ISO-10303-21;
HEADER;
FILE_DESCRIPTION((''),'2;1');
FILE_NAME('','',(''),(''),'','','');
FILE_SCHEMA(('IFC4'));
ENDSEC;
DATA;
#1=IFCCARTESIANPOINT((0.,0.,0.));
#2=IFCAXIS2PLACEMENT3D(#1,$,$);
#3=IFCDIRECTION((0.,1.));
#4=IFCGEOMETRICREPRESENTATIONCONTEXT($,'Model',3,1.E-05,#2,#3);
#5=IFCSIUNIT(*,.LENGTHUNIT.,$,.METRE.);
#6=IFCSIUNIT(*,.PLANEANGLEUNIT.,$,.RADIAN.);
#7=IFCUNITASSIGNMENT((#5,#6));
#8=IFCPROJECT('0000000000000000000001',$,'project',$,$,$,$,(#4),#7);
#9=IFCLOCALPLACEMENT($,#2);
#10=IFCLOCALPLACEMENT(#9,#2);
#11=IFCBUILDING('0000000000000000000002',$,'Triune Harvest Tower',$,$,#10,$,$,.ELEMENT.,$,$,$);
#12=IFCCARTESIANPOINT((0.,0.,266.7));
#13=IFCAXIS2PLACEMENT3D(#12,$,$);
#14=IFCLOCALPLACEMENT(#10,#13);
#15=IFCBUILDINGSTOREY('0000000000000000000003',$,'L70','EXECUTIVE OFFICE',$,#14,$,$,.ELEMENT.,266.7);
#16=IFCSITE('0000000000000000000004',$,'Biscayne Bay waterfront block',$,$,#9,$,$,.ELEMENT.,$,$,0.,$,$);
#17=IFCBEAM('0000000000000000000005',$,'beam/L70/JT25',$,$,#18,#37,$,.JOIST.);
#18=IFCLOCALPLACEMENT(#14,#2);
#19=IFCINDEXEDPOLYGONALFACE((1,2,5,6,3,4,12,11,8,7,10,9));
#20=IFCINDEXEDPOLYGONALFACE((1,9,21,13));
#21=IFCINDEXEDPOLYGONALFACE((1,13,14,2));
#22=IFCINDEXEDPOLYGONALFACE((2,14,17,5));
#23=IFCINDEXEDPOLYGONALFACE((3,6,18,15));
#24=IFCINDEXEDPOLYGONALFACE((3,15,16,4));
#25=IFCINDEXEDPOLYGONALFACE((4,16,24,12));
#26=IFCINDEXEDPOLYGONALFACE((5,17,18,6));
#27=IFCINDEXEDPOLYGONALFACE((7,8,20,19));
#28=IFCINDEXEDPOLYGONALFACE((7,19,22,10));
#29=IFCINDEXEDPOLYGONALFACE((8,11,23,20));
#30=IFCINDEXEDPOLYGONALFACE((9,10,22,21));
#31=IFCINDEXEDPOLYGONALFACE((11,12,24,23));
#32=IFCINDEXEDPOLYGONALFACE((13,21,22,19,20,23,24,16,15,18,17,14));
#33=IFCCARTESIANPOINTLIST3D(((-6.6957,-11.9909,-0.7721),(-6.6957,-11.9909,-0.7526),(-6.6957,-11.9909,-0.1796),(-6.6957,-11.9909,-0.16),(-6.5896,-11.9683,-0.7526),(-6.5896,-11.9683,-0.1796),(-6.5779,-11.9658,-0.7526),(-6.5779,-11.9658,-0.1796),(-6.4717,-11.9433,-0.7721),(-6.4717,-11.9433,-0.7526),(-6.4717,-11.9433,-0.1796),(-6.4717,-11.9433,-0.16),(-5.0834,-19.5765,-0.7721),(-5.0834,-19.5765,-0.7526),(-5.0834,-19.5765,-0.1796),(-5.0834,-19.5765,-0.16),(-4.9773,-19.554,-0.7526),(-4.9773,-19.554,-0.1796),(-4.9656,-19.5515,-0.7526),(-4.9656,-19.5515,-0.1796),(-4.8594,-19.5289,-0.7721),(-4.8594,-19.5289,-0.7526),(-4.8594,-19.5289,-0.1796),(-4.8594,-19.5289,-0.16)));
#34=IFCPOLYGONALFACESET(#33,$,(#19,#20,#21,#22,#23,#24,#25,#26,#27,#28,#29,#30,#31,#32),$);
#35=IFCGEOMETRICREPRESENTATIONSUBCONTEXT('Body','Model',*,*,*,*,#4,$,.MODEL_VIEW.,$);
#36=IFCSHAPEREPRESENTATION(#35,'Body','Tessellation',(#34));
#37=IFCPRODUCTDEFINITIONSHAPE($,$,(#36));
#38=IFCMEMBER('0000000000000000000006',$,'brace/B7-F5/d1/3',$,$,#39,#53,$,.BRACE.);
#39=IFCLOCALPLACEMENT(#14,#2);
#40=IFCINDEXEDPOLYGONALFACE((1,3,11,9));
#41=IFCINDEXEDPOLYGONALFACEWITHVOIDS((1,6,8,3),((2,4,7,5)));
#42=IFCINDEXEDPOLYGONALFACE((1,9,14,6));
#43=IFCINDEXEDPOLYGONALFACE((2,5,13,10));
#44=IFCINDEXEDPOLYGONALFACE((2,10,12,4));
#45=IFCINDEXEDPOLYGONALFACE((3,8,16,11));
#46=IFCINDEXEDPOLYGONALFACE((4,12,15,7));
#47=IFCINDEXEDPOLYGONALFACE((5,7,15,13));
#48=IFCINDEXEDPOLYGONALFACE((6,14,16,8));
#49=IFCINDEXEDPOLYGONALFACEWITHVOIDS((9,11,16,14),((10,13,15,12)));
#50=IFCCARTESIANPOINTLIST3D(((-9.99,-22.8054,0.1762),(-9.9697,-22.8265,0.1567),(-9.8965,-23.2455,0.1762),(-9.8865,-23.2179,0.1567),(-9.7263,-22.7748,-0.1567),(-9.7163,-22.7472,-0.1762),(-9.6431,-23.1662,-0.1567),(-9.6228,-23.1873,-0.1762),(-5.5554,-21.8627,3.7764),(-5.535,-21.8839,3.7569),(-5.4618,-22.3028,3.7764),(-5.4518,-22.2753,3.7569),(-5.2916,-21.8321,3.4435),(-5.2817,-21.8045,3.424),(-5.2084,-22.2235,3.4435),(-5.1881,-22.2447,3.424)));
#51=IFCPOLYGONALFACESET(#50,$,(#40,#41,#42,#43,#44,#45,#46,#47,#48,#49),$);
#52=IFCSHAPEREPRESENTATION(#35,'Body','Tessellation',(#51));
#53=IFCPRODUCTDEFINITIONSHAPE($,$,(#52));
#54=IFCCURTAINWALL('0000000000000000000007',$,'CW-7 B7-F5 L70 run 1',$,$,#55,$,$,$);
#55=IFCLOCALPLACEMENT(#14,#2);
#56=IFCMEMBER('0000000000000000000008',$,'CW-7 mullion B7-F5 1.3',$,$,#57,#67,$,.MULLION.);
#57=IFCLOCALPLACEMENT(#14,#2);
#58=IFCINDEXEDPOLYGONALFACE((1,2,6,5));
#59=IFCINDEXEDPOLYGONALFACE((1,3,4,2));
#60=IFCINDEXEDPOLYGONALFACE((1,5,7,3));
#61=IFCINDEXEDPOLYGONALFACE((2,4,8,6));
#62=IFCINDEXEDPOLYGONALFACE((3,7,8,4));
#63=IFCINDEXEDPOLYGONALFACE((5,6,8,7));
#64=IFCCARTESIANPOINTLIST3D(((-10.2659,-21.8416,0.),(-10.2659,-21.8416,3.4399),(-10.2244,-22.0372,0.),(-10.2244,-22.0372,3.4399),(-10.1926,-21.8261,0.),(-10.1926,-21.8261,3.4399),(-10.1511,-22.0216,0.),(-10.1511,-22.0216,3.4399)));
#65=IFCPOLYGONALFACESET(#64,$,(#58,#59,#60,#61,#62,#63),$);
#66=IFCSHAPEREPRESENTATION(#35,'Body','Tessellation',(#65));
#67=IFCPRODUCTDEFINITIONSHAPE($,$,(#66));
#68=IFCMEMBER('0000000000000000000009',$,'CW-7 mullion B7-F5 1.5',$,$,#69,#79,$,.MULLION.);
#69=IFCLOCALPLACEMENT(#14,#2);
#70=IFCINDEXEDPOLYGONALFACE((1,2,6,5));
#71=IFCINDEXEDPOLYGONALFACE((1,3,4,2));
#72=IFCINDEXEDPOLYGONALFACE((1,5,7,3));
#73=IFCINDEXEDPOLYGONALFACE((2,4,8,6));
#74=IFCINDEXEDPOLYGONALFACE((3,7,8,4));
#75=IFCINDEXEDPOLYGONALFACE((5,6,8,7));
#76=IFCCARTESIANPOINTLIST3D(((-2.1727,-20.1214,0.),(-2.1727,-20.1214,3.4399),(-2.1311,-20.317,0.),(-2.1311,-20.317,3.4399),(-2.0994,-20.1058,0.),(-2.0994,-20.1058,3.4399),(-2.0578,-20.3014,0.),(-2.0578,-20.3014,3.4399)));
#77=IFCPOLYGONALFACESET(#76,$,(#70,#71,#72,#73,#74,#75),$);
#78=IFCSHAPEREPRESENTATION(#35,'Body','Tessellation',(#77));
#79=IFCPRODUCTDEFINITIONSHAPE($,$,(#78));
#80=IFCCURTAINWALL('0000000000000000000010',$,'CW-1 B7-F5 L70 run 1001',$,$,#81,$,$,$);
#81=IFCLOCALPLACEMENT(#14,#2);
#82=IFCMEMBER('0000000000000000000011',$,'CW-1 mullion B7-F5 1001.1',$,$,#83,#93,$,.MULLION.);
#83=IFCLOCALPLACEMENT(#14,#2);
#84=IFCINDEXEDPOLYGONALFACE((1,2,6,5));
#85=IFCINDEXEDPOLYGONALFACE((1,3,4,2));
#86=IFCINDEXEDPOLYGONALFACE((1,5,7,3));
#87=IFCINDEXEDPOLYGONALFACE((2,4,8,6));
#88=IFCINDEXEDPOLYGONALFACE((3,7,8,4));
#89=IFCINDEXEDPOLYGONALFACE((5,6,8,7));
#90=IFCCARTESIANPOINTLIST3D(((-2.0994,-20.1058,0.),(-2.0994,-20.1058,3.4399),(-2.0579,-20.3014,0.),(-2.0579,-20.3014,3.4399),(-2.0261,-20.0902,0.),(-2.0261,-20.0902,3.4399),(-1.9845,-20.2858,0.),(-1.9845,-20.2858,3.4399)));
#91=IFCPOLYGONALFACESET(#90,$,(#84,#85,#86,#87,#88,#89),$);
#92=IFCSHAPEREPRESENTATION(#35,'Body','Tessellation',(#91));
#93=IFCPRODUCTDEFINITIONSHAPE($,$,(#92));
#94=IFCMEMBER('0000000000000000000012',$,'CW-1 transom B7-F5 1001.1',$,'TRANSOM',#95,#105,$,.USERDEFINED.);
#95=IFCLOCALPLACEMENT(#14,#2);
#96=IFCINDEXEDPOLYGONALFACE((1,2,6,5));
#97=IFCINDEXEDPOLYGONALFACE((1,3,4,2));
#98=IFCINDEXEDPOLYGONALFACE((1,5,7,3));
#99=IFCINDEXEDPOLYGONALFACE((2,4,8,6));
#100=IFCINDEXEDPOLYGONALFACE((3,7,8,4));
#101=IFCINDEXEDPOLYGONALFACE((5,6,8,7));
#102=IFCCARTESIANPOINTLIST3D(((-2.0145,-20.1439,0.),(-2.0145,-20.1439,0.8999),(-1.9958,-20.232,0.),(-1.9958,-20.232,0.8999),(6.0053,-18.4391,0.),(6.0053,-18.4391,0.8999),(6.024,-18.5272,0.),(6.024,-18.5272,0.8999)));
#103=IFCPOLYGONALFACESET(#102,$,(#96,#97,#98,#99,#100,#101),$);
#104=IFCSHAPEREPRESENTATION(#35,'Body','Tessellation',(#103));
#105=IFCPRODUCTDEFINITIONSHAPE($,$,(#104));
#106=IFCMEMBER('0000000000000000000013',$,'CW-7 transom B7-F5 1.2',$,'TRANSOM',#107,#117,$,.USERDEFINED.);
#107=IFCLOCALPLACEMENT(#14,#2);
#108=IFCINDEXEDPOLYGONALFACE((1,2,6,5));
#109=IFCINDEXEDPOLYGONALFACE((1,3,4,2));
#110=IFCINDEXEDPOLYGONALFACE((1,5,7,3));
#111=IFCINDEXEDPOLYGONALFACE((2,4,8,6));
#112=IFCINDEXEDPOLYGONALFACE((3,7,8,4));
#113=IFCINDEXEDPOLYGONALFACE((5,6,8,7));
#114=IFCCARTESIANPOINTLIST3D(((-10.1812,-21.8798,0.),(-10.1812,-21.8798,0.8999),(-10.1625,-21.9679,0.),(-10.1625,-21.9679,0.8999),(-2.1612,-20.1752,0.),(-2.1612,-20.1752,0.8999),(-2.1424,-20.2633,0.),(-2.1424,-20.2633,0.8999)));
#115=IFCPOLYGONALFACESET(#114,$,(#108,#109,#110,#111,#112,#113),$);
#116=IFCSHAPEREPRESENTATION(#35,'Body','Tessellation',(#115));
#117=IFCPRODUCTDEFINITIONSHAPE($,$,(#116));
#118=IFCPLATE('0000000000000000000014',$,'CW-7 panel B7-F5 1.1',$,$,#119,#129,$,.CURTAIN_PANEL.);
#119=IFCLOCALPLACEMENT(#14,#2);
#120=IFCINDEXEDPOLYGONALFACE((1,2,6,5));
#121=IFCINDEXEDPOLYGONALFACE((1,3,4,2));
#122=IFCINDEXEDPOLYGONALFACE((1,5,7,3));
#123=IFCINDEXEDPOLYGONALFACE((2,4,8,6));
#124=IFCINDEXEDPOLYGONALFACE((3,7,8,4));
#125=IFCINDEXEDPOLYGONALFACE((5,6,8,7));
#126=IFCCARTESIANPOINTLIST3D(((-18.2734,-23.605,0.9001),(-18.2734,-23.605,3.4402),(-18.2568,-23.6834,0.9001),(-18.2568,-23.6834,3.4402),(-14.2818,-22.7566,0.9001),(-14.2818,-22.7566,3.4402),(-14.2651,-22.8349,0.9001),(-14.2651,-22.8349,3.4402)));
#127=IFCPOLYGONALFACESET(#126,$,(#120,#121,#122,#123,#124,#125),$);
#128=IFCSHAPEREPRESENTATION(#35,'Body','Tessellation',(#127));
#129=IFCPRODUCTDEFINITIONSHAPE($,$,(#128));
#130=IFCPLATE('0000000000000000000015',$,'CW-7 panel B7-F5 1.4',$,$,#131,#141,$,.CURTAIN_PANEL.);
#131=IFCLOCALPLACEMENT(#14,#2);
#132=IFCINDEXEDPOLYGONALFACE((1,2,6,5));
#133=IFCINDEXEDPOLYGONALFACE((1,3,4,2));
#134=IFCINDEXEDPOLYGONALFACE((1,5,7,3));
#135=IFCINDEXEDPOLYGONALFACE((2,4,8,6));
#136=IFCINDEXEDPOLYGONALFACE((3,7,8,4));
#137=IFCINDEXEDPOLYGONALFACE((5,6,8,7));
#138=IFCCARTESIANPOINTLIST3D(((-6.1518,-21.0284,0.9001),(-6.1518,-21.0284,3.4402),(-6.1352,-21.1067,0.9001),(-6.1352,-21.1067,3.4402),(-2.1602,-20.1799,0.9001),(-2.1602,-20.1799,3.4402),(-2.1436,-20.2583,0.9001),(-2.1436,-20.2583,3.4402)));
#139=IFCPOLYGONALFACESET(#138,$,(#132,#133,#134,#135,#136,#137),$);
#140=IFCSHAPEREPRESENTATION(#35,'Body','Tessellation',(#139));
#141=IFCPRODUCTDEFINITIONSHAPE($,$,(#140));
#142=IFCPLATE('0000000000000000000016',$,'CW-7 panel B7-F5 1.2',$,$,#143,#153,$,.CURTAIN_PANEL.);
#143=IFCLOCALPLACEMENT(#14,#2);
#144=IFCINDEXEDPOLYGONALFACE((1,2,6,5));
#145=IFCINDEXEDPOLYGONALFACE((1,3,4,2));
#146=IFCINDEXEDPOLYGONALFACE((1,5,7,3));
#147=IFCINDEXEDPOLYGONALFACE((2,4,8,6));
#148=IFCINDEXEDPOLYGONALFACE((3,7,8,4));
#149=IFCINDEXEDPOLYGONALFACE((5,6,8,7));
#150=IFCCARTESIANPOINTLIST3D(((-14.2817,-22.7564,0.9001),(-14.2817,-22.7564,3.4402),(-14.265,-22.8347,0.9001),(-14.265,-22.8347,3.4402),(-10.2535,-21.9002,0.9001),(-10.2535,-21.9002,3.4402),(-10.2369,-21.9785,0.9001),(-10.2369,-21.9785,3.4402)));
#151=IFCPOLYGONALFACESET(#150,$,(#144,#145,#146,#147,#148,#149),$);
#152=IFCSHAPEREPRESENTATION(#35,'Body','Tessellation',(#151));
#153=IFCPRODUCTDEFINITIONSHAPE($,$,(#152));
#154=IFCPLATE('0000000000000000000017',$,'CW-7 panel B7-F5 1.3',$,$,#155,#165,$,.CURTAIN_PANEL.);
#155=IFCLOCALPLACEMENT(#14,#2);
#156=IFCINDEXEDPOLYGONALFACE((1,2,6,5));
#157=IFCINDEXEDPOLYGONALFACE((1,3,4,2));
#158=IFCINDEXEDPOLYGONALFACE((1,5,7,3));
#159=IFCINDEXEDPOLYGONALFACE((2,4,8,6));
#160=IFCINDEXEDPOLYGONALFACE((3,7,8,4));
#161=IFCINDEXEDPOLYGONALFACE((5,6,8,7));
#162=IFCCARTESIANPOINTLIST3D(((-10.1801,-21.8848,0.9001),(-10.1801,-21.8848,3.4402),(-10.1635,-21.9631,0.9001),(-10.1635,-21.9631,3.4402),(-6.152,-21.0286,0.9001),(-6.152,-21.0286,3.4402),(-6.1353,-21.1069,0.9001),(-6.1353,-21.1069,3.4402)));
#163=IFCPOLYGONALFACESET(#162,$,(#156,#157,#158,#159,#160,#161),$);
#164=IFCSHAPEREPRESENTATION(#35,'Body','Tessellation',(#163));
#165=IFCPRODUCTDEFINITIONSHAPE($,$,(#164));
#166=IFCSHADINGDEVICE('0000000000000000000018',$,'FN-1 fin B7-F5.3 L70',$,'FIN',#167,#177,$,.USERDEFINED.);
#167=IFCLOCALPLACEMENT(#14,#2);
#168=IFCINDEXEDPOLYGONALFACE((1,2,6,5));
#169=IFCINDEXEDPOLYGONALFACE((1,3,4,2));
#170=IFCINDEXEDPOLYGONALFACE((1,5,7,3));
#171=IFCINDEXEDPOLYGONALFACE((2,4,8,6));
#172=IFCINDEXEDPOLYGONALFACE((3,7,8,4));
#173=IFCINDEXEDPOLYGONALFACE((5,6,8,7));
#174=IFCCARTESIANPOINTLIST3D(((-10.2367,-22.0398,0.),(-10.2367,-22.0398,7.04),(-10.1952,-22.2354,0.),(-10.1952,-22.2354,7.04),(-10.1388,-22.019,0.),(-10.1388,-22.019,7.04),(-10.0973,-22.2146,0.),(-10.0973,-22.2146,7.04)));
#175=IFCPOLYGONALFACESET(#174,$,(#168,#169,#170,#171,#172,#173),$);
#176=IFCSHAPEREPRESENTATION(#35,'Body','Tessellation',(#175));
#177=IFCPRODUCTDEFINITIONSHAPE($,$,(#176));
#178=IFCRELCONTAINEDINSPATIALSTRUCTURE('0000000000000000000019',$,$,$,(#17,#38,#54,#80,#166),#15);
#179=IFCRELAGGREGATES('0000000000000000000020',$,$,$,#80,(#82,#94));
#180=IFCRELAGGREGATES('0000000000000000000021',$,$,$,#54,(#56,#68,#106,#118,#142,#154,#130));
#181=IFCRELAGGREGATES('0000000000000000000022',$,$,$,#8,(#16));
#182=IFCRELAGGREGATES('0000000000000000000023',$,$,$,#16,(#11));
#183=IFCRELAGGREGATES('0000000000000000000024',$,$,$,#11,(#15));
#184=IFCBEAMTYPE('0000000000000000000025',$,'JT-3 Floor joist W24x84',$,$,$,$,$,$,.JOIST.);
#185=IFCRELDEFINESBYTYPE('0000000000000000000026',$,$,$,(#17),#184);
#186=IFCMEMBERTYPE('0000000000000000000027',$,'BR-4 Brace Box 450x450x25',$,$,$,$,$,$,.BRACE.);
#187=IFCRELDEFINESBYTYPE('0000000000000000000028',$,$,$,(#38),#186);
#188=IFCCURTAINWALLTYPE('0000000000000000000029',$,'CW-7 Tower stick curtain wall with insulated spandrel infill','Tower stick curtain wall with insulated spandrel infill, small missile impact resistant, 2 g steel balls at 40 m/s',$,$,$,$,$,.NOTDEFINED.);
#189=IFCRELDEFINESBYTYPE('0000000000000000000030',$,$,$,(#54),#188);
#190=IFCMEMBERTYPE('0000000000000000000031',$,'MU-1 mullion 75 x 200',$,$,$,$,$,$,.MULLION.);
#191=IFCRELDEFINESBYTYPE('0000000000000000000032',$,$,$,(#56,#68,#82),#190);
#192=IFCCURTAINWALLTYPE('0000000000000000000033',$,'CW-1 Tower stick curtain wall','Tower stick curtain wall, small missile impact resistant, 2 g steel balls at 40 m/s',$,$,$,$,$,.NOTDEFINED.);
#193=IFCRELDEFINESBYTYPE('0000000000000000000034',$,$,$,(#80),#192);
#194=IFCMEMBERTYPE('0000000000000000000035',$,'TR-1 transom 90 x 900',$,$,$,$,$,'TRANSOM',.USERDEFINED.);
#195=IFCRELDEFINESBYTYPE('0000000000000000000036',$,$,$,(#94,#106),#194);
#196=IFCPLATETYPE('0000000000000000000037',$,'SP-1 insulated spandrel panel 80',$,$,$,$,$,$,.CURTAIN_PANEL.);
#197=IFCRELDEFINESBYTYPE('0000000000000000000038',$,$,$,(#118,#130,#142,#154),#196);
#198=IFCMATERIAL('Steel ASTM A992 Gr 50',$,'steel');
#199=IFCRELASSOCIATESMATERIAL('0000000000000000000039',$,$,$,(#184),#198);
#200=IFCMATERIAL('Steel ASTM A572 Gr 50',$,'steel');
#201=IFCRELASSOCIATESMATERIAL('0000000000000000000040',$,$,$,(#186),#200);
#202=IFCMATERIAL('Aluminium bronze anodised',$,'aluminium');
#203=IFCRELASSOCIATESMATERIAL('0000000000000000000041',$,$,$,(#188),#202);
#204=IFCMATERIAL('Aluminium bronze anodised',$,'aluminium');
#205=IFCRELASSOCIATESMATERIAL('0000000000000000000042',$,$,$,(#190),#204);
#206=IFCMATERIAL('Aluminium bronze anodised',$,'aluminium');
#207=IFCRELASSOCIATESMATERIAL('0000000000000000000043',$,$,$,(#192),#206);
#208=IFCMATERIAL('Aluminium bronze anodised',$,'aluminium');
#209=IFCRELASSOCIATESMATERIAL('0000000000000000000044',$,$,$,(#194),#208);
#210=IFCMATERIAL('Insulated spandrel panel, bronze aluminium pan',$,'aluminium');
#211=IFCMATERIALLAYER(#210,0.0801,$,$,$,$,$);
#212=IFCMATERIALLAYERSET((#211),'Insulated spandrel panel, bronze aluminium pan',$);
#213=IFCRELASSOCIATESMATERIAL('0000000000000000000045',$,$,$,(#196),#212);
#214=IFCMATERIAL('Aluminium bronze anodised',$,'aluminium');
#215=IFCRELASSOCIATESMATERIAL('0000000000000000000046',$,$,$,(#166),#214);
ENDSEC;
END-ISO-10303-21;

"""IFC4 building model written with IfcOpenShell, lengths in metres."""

from ifc_helpers import new_model, si_unit, direction, frame, origin, origin_2d, place, context, subcontext, project, spatial, rectangle, hollow_rectangle, i_section, extrude, source, transform, mapped, material, layer, layer_set, material_profile, profile_set, type_object, element, aggregate, save


model = new_model("IFC4")

# Units and contexts
model_context = context("Model", 3, precision=1e-05, world=origin(), true_north=direction((0.0, 1.0)))
body_context = subcontext(model_context, "Body", "Model", "MODEL_VIEW")
ifc_project = project(units=[si_unit("LENGTHUNIT", "METRE"), si_unit("PLANEANGLEUNIT", "RADIAN")], contexts=[model_context])

# Site, building, storey
site_placement = place(None, origin())
site = spatial("IfcSite", under=ifc_project, at=site_placement, Name="Biscayne Bay waterfront block", CompositionType="ELEMENT", RefElevation=0.0)
building_placement = place(site_placement, origin())
building = spatial("IfcBuilding", under=site, at=building_placement, Name="Triune Harvest Tower", CompositionType="ELEMENT")
storey_placement = place(building_placement, frame((0.0, 0.0, 266.7)))
storey = spatial("IfcBuildingStorey", under=building, at=storey_placement, Name="L70", Description="EXECUTIVE OFFICE", CompositionType="ELEMENT", Elevation=266.7)

# Beam
ifc_material_1 = material(Name="Steel ASTM A992 Gr 50", Category="steel")
ifc_material_profile_1 = material_profile(ifc_material_1, i_section(OverallWidth=0.229, OverallDepth=0.6121, WebThickness=0.012, FlangeThickness=0.0195, at=origin_2d()), Name="W24x84")
ifc_profile_set_1 = profile_set([ifc_material_profile_1], Name="Steel ASTM A992 Gr 50")
beam_type_1 = type_object("IfcBeamType", Name="JT-3 Floor joist W24x84", PredefinedType="JOIST", material=ifc_profile_set_1)
shared_shape_1 = source(origin(), body_context, "Body", "SweptSolid", [
    extrude(i_section(OverallWidth=0.229, OverallDepth=0.6121, WebThickness=0.012, FlangeThickness=0.0195, at=origin_2d()), origin(), (0.0, 0.0, 1.0), 7.7551),
])
beam_1_placement = place(storey_placement, frame((-4.9714, -19.5527, -0.4661), z_axis=(-0.207901, 0.97815, 0.0), x_axis=(-0.97815, -0.207901, 0.0)))
element("IfcBeam", 1, at=beam_1_placement, inside=storey, type_object=beam_type_1, Name="beam/L70/JT25", PredefinedType="JOIST", context=body_context, shape_type="MappedRepresentation", body=[
    mapped(shared_shape_1, transform((0.0, 0.0, 0.0), scale=1.0)),
])

# Member
ifc_material_2 = material(Name="Steel ASTM A572 Gr 50", Category="steel")
ifc_material_profile_2 = material_profile(ifc_material_2, hollow_rectangle(XDim=0.45, YDim=0.45, WallThickness=0.0249, at=origin_2d()), Name="Box 450x450x25")
ifc_profile_set_2 = profile_set([ifc_material_profile_2], Name="Steel ASTM A572 Gr 50")
member_type_1 = type_object("IfcMemberType", Name="BR-4 Brace Box 450x450x25", PredefinedType="BRACE", material=ifc_profile_set_2)
shared_shape_2 = source(origin(), body_context, "Body", "SweptSolid", [
    extrude(hollow_rectangle(XDim=0.45, YDim=0.45, WallThickness=0.0249, at=origin_2d()), origin(), (0.0, 0.0, 1.0), 5.7893),
])
member_1_placement = place(storey_placement, frame((-9.8064, -22.9963, 0.0), z_axis=(0.766009, 0.162826, 0.621866), x_axis=(-0.207918, 0.978146, 0.0)))
element("IfcMember", 2, at=member_1_placement, inside=storey, type_object=member_type_1, Name="brace/B7-F5/d1/3", PredefinedType="BRACE", context=body_context, shape_type="MappedRepresentation", body=[
    mapped(shared_shape_2, transform((0.0, 0.0, 0.0), scale=1.0)),
])

# Curtain walls, members
ifc_material_3 = material(Name="Aluminium bronze anodised", Category="aluminium")
curtain_wall_type_1 = type_object("IfcCurtainWallType", Name="CW-7 Tower stick curtain wall with insulated spandrel infill", Description="Tower stick curtain wall with insulated spandrel infill, small missile impact resistant, 2 g steel balls at 40 m/s", PredefinedType="NOTDEFINED", material=ifc_material_3)
curtain_wall_1_placement = place(storey_placement, origin())
curtain_wall_1 = element("IfcCurtainWall", 3, at=curtain_wall_1_placement, inside=storey, type_object=curtain_wall_type_1, Name="CW-7 B7-F5 L70 run 1")
ifc_material_4 = material(Name="Aluminium bronze anodised", Category="aluminium")
ifc_material_profile_3 = material_profile(ifc_material_4, rectangle(XDim=0.2, YDim=0.075, at=origin_2d()), Name="MU-1 mullion 75 x 200")
ifc_profile_set_3 = profile_set([ifc_material_profile_3], Name="Aluminium bronze anodised")
member_type_2 = type_object("IfcMemberType", Name="MU-1 mullion 75 x 200", PredefinedType="MULLION", material=ifc_profile_set_3)
shared_shape_3 = source(origin(), body_context, "Body", "SweptSolid", [
    extrude(rectangle(XDim=0.2, YDim=0.075, at=origin_2d()), origin(), (0.0, 0.0, 1.0), 3.4399),
])
member_2_placement = place(storey_placement, frame((-10.2085, -21.9316, 0.0), z_axis=(0.0, 0.0, 1.0), x_axis=(-0.207909, 0.978148, 0.0)))
member_2 = element("IfcMember", 4, at=member_2_placement, type_object=member_type_2, Name="CW-7 mullion B7-F5 1.3", PredefinedType="MULLION", context=body_context, shape_type="MappedRepresentation", body=[
    mapped(shared_shape_3, transform((0.0, 0.0, 0.0), scale=1.0)),
])
member_3_placement = place(storey_placement, frame((-2.1152, -20.2114, 0.0), z_axis=(0.0, 0.0, 1.0), x_axis=(-0.207909, 0.978148, 0.0)))
member_3 = element("IfcMember", 5, at=member_3_placement, type_object=member_type_2, Name="CW-7 mullion B7-F5 1.5", PredefinedType="MULLION", context=body_context, shape_type="MappedRepresentation", body=[
    mapped(shared_shape_3, transform((0.0, 0.0, 0.0), scale=1.0)),
])
ifc_material_5 = material(Name="Aluminium bronze anodised", Category="aluminium")
curtain_wall_type_2 = type_object("IfcCurtainWallType", Name="CW-1 Tower stick curtain wall", Description="Tower stick curtain wall, small missile impact resistant, 2 g steel balls at 40 m/s", PredefinedType="NOTDEFINED", material=ifc_material_5)
curtain_wall_2_placement = place(storey_placement, origin())
curtain_wall_2 = element("IfcCurtainWall", 6, at=curtain_wall_2_placement, inside=storey, type_object=curtain_wall_type_2, Name="CW-1 B7-F5 L70 run 1001")
member_4_placement = place(storey_placement, frame((-2.042, -20.1958, 0.0), z_axis=(0.0, 0.0, 1.0), x_axis=(-0.207917, 0.978146, 0.0)))
member_4 = element("IfcMember", 7, at=member_4_placement, type_object=member_type_2, Name="CW-1 mullion B7-F5 1001.1", PredefinedType="MULLION", context=body_context, shape_type="MappedRepresentation", body=[
    mapped(shared_shape_3, transform((0.0, 0.0, 0.0), scale=1.0)),
])
ifc_material_6 = material(Name="Aluminium bronze anodised", Category="aluminium")
ifc_material_profile_4 = material_profile(ifc_material_6, rectangle(XDim=0.0901, YDim=0.8999, at=origin_2d()), Name="TR-1 transom 90 x 900")
ifc_profile_set_4 = profile_set([ifc_material_profile_4], Name="Aluminium bronze anodised")
member_type_3 = type_object("IfcMemberType", Name="TR-1 transom 90 x 900", ElementType="TRANSOM", PredefinedType="USERDEFINED", material=ifc_profile_set_4)
shared_shape_4 = source(origin(), body_context, "Body", "SweptSolid", [
    extrude(rectangle(XDim=0.0901, YDim=0.8999, at=origin_2d()), origin(), (0.0, 0.0, 1.0), 8.199),
])
member_5_placement = place(storey_placement, frame((-2.0051, -20.188, 0.45), z_axis=(0.978143, 0.207932, 0.0), x_axis=(-0.207932, 0.978143, 0.0)))
member_5 = element("IfcMember", 8, at=member_5_placement, type_object=member_type_3, Name="CW-1 transom B7-F5 1001.1", ObjectType="TRANSOM", PredefinedType="USERDEFINED", context=body_context, shape_type="MappedRepresentation", body=[
    mapped(shared_shape_4, transform((0.0, 0.0, 0.0), scale=1.0)),
])
aggregate(curtain_wall_2, [member_4, member_5])

# Member
shared_shape_5 = source(origin(), body_context, "Body", "SweptSolid", [
    extrude(rectangle(XDim=0.0901, YDim=0.8999, at=origin_2d()), origin(), (0.0, 0.0, 1.0), 8.1992),
])
member_6_placement = place(storey_placement, frame((-10.1719, -21.9238, 0.45), z_axis=(0.978151, 0.207898, 0.0), x_axis=(-0.207898, 0.978151, 0.0)))
member_6 = element("IfcMember", 9, at=member_6_placement, type_object=member_type_3, Name="CW-7 transom B7-F5 1.2", ObjectType="TRANSOM", PredefinedType="USERDEFINED", context=body_context, shape_type="MappedRepresentation", body=[
    mapped(shared_shape_5, transform((0.0, 0.0, 0.0), scale=1.0)),
])

# Plates
ifc_material_7 = material(Name="Insulated spandrel panel, bronze aluminium pan", Category="aluminium")
ifc_layer = layer(ifc_material_7, 0.0801)
ifc_layer_set = layer_set([ifc_layer], Name="Insulated spandrel panel, bronze aluminium pan")
plate_type = type_object("IfcPlateType", Name="SP-1 insulated spandrel panel 80", PredefinedType="CURTAIN_PANEL", material=ifc_layer_set)
shared_shape_6 = source(origin(), body_context, "Body", "SweptSolid", [
    extrude(rectangle(XDim=4.0808, YDim=0.0801, at=origin_2d()), origin(), (0.0, 0.0, 1.0), 2.54),
])
plate_1_placement = place(storey_placement, frame((-16.2693, -23.22, 0.9001), z_axis=(0.0, 0.0, 1.0), x_axis=(0.978148, 0.207909, 0.0)))
plate_1 = element("IfcPlate", 10, at=plate_1_placement, type_object=plate_type, Name="CW-7 panel B7-F5 1.1", PredefinedType="CURTAIN_PANEL", context=body_context, shape_type="MappedRepresentation", body=[
    mapped(shared_shape_6, transform((0.0, 0.0, 0.0), scale=1.0)),
])
plate_2_placement = place(storey_placement, frame((-4.1477, -20.6433, 0.9001), z_axis=(0.0, 0.0, 1.0), x_axis=(0.978148, 0.207909, 0.0)))
plate_2 = element("IfcPlate", 11, at=plate_2_placement, type_object=plate_type, Name="CW-7 panel B7-F5 1.4", PredefinedType="CURTAIN_PANEL", context=body_context, shape_type="MappedRepresentation", body=[
    mapped(shared_shape_6, transform((0.0, 0.0, 0.0), scale=1.0)),
])
shared_shape_7 = source(origin(), body_context, "Body", "SweptSolid", [
    extrude(rectangle(XDim=4.1182, YDim=0.0801, at=origin_2d()), origin(), (0.0, 0.0, 1.0), 2.54),
])
plate_3_placement = place(storey_placement, frame((-12.2593, -22.3674, 0.9001), z_axis=(0.0, 0.0, 1.0), x_axis=(0.978148, 0.207909, 0.0)))
plate_3 = element("IfcPlate", 12, at=plate_3_placement, type_object=plate_type, Name="CW-7 panel B7-F5 1.2", PredefinedType="CURTAIN_PANEL", context=body_context, shape_type="MappedRepresentation", body=[
    mapped(shared_shape_7, transform((0.0, 0.0, 0.0), scale=1.0)),
])
plate_4_placement = place(storey_placement, frame((-8.1577, -21.4958, 0.9001), z_axis=(0.0, 0.0, 1.0), x_axis=(0.978148, 0.207909, 0.0)))
plate_4 = element("IfcPlate", 13, at=plate_4_placement, type_object=plate_type, Name="CW-7 panel B7-F5 1.3", PredefinedType="CURTAIN_PANEL", context=body_context, shape_type="MappedRepresentation", body=[
    mapped(shared_shape_7, transform((0.0, 0.0, 0.0), scale=1.0)),
])
aggregate(curtain_wall_1, [member_2, member_3, member_6, plate_1, plate_3, plate_4, plate_2])

# Shading device
ifc_material_8 = material(Name="Aluminium bronze anodised", Category="aluminium")
shared_shape_8 = source(origin(), body_context, "Body", "SweptSolid", [
    extrude(rectangle(XDim=0.1001, YDim=0.2, at=origin_2d()), origin(), (0.0, 0.0, 1.0), 7.04),
])
for number, where, z_axis, x_axis, name in (
    (14, (-10.167, -22.1272, 0.0), (0.0, 0.0, 1.0), (0.978148, 0.207911, 0.0), "FN-1 fin B7-F5.3 L70"),
):
    element("IfcShadingDevice", number, at=place(storey_placement, frame(where, z_axis=z_axis, x_axis=x_axis)), inside=storey, material=ifc_material_8, Name=name, ObjectType="FIN", PredefinedType="USERDEFINED", context=body_context, shape_type="MappedRepresentation", body=[
        mapped(shared_shape_8, transform((0.0, 0.0, 0.0), scale=1.0)),
    ])

save(model, "model.ifc")
